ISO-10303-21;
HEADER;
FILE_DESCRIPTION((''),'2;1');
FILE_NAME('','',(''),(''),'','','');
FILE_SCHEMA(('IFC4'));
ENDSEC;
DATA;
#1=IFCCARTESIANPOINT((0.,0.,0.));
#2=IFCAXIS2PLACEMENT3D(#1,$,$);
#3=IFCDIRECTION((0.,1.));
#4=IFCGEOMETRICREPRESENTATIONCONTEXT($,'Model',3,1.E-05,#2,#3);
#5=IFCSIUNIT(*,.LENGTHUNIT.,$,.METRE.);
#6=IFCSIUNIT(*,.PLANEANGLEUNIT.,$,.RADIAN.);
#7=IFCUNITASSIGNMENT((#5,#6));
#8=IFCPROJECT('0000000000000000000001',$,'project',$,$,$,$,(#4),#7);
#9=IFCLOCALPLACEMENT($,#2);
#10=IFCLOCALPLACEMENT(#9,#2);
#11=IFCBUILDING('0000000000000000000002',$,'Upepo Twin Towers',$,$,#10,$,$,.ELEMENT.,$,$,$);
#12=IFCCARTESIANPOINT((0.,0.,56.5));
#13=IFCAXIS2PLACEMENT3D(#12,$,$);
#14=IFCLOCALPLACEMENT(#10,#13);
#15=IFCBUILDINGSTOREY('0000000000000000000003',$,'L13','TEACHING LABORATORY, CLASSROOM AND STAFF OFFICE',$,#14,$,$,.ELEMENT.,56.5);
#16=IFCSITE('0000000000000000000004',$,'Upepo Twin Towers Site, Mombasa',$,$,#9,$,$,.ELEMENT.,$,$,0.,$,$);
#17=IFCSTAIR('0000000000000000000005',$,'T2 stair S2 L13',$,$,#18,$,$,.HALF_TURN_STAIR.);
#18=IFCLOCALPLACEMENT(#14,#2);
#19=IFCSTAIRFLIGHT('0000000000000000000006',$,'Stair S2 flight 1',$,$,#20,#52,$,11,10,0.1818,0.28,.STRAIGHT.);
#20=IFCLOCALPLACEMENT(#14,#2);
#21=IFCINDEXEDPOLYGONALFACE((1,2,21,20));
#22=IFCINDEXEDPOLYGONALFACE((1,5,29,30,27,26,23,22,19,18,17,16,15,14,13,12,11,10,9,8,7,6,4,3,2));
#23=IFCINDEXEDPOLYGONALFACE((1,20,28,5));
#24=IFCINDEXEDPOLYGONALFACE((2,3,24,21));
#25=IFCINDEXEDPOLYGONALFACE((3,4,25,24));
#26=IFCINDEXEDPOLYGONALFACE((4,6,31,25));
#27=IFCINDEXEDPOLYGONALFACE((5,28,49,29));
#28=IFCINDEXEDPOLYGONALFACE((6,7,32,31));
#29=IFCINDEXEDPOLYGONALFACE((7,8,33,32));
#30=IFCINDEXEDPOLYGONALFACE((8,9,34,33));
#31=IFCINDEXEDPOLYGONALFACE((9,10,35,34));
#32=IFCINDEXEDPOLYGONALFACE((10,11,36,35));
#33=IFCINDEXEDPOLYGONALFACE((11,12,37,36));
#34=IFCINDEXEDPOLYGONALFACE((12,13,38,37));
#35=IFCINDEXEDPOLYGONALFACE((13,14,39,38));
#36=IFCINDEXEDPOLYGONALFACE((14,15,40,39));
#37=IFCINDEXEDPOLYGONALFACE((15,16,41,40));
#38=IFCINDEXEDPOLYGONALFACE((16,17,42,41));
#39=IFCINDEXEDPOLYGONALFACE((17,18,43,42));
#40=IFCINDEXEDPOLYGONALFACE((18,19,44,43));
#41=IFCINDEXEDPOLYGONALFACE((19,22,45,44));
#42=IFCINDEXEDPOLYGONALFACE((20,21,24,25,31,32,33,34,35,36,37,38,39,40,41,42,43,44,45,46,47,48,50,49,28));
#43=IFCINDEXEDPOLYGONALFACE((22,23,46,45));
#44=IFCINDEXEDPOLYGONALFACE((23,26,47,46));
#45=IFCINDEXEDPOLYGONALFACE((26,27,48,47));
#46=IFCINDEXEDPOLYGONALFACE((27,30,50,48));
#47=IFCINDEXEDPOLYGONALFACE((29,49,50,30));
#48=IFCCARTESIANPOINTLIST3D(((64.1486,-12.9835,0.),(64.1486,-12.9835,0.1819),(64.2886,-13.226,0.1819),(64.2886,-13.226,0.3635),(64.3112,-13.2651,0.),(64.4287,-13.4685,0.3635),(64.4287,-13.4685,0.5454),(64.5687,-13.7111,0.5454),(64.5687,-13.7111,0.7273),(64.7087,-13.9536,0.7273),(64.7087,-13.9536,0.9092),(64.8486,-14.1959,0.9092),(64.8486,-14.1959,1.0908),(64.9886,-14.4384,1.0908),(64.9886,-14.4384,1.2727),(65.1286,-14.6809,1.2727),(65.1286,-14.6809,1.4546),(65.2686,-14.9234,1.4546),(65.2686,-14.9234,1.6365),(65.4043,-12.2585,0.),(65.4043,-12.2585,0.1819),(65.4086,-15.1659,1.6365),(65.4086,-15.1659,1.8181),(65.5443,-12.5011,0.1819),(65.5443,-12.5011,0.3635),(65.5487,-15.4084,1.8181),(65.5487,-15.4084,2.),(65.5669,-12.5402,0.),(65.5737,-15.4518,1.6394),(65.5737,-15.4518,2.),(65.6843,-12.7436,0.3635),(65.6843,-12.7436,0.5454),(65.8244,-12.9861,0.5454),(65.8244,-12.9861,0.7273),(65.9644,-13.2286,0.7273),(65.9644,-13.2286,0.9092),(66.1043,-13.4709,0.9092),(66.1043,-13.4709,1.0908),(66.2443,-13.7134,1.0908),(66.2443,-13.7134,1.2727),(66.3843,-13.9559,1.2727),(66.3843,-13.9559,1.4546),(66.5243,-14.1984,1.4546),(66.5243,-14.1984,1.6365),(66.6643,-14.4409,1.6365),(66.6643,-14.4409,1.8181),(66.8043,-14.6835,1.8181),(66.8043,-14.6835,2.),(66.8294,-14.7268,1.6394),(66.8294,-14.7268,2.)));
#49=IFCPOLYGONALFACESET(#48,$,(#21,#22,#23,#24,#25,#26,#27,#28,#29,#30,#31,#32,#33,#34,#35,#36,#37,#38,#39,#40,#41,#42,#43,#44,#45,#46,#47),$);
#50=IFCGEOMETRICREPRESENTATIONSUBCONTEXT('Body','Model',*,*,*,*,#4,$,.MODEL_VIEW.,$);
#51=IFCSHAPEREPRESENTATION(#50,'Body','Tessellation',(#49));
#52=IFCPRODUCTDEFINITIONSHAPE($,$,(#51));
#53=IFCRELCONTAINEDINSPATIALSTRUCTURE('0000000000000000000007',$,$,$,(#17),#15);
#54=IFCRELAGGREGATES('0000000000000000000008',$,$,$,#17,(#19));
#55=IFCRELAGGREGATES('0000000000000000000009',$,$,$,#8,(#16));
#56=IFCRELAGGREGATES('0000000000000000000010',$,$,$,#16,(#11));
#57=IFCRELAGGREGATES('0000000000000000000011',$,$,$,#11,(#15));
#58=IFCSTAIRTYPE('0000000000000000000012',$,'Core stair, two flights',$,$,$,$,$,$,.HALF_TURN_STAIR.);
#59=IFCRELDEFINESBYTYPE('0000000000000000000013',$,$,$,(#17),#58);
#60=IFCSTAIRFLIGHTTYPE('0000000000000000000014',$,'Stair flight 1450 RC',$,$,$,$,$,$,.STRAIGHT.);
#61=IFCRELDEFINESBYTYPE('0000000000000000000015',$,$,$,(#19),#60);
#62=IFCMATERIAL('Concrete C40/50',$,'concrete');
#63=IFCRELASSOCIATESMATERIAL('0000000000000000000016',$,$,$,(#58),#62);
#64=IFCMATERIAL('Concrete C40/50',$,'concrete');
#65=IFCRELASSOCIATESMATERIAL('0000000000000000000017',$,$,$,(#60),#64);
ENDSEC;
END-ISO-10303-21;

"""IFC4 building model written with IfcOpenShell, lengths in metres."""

from ifc_helpers import new_model, si_unit, direction, frame, origin, place, context, subcontext, project, spatial, polyline, outline, extrude, material, type_object, element, aggregate, save


model = new_model("IFC4")

# Units and contexts
model_context = context("Model", 3, precision=1e-05, world=origin(), true_north=direction((0.0, 1.0)))
body_context = subcontext(model_context, "Body", "Model", "MODEL_VIEW")
ifc_project = project(units=[si_unit("LENGTHUNIT", "METRE"), si_unit("PLANEANGLEUNIT", "RADIAN")], contexts=[model_context])

# Site, building, storey
site_placement = place(None, origin())
site = spatial("IfcSite", under=ifc_project, at=site_placement, Name="Upepo Twin Towers Site, Mombasa", CompositionType="ELEMENT", RefElevation=0.0)
building_placement = place(site_placement, origin())
building = spatial("IfcBuilding", under=site, at=building_placement, Name="Upepo Twin Towers", CompositionType="ELEMENT")
storey_placement = place(building_placement, frame((0.0, 0.0, 56.5)))
storey = spatial("IfcBuildingStorey", under=building, at=storey_placement, Name="L13", Description="TEACHING LABORATORY, CLASSROOM AND STAFF OFFICE", CompositionType="ELEMENT", Elevation=56.5)

# Stair, stair flight
ifc_material_1 = material(Name="Concrete C40/50", Category="concrete")
stair_type = type_object("IfcStairType", Name="Core stair, two flights", PredefinedType="HALF_TURN_STAIR", material=ifc_material_1)
stair_placement = place(storey_placement, origin())
stair = element("IfcStair", 1, at=stair_placement, inside=storey, type_object=stair_type, Name="T2 stair S2 L13", PredefinedType="HALF_TURN_STAIR")
ifc_material_2 = material(Name="Concrete C40/50", Category="concrete")
stair_flight_type = type_object("IfcStairFlightType", Name="Stair flight 1450 RC", PredefinedType="STRAIGHT", material=ifc_material_2)
stair_flight_placement = place(storey_placement, frame((64.7764, -12.6211, 0.0), z_axis=(0.0, 0.0, 1.0), x_axis=(0.5, -0.866025, 0.0)))
stair_flight = element("IfcStairFlight", 2, at=stair_flight_placement, type_object=stair_flight_type, Name="Stair S2 flight 1", NumberOfRisers=11, NumberOfTreads=10, PredefinedType="STRAIGHT", RiserHeight=0.1818, TreadLength=0.28, context=body_context, shape_type="SweptSolid", body=[
    extrude(outline(polyline([(0.0, 0.0), (0.0, 0.1819), (0.28, 0.1819), (0.28, 0.3635), (0.5601, 0.3635), (0.5601, 0.5454), (0.8401, 0.5454), (0.8401, 0.7273), (1.1201, 0.7273), (1.1201, 0.9092), (1.3999, 0.9092), (1.3999, 1.0908), (1.6799, 1.0908), (1.6799, 1.2727), (1.96, 1.2727), (1.96, 1.4546), (2.24, 1.4546), (2.24, 1.6365), (2.52, 1.6365), (2.52, 1.8181), (2.8, 1.8181), (2.8, 2.0), (2.8501, 2.0), (2.8501, 1.6394), (0.3252, 0.0), (0.0, 0.0)])), frame((0.0, 0.7251, 0.0), z_axis=(0.0, -1.0, 0.0), x_axis=(1.0, 0.0, 0.0)), (0.0, 0.0, 1.0), 1.45),
])
aggregate(stair, [stair_flight])

save(model, "model.ifc")
